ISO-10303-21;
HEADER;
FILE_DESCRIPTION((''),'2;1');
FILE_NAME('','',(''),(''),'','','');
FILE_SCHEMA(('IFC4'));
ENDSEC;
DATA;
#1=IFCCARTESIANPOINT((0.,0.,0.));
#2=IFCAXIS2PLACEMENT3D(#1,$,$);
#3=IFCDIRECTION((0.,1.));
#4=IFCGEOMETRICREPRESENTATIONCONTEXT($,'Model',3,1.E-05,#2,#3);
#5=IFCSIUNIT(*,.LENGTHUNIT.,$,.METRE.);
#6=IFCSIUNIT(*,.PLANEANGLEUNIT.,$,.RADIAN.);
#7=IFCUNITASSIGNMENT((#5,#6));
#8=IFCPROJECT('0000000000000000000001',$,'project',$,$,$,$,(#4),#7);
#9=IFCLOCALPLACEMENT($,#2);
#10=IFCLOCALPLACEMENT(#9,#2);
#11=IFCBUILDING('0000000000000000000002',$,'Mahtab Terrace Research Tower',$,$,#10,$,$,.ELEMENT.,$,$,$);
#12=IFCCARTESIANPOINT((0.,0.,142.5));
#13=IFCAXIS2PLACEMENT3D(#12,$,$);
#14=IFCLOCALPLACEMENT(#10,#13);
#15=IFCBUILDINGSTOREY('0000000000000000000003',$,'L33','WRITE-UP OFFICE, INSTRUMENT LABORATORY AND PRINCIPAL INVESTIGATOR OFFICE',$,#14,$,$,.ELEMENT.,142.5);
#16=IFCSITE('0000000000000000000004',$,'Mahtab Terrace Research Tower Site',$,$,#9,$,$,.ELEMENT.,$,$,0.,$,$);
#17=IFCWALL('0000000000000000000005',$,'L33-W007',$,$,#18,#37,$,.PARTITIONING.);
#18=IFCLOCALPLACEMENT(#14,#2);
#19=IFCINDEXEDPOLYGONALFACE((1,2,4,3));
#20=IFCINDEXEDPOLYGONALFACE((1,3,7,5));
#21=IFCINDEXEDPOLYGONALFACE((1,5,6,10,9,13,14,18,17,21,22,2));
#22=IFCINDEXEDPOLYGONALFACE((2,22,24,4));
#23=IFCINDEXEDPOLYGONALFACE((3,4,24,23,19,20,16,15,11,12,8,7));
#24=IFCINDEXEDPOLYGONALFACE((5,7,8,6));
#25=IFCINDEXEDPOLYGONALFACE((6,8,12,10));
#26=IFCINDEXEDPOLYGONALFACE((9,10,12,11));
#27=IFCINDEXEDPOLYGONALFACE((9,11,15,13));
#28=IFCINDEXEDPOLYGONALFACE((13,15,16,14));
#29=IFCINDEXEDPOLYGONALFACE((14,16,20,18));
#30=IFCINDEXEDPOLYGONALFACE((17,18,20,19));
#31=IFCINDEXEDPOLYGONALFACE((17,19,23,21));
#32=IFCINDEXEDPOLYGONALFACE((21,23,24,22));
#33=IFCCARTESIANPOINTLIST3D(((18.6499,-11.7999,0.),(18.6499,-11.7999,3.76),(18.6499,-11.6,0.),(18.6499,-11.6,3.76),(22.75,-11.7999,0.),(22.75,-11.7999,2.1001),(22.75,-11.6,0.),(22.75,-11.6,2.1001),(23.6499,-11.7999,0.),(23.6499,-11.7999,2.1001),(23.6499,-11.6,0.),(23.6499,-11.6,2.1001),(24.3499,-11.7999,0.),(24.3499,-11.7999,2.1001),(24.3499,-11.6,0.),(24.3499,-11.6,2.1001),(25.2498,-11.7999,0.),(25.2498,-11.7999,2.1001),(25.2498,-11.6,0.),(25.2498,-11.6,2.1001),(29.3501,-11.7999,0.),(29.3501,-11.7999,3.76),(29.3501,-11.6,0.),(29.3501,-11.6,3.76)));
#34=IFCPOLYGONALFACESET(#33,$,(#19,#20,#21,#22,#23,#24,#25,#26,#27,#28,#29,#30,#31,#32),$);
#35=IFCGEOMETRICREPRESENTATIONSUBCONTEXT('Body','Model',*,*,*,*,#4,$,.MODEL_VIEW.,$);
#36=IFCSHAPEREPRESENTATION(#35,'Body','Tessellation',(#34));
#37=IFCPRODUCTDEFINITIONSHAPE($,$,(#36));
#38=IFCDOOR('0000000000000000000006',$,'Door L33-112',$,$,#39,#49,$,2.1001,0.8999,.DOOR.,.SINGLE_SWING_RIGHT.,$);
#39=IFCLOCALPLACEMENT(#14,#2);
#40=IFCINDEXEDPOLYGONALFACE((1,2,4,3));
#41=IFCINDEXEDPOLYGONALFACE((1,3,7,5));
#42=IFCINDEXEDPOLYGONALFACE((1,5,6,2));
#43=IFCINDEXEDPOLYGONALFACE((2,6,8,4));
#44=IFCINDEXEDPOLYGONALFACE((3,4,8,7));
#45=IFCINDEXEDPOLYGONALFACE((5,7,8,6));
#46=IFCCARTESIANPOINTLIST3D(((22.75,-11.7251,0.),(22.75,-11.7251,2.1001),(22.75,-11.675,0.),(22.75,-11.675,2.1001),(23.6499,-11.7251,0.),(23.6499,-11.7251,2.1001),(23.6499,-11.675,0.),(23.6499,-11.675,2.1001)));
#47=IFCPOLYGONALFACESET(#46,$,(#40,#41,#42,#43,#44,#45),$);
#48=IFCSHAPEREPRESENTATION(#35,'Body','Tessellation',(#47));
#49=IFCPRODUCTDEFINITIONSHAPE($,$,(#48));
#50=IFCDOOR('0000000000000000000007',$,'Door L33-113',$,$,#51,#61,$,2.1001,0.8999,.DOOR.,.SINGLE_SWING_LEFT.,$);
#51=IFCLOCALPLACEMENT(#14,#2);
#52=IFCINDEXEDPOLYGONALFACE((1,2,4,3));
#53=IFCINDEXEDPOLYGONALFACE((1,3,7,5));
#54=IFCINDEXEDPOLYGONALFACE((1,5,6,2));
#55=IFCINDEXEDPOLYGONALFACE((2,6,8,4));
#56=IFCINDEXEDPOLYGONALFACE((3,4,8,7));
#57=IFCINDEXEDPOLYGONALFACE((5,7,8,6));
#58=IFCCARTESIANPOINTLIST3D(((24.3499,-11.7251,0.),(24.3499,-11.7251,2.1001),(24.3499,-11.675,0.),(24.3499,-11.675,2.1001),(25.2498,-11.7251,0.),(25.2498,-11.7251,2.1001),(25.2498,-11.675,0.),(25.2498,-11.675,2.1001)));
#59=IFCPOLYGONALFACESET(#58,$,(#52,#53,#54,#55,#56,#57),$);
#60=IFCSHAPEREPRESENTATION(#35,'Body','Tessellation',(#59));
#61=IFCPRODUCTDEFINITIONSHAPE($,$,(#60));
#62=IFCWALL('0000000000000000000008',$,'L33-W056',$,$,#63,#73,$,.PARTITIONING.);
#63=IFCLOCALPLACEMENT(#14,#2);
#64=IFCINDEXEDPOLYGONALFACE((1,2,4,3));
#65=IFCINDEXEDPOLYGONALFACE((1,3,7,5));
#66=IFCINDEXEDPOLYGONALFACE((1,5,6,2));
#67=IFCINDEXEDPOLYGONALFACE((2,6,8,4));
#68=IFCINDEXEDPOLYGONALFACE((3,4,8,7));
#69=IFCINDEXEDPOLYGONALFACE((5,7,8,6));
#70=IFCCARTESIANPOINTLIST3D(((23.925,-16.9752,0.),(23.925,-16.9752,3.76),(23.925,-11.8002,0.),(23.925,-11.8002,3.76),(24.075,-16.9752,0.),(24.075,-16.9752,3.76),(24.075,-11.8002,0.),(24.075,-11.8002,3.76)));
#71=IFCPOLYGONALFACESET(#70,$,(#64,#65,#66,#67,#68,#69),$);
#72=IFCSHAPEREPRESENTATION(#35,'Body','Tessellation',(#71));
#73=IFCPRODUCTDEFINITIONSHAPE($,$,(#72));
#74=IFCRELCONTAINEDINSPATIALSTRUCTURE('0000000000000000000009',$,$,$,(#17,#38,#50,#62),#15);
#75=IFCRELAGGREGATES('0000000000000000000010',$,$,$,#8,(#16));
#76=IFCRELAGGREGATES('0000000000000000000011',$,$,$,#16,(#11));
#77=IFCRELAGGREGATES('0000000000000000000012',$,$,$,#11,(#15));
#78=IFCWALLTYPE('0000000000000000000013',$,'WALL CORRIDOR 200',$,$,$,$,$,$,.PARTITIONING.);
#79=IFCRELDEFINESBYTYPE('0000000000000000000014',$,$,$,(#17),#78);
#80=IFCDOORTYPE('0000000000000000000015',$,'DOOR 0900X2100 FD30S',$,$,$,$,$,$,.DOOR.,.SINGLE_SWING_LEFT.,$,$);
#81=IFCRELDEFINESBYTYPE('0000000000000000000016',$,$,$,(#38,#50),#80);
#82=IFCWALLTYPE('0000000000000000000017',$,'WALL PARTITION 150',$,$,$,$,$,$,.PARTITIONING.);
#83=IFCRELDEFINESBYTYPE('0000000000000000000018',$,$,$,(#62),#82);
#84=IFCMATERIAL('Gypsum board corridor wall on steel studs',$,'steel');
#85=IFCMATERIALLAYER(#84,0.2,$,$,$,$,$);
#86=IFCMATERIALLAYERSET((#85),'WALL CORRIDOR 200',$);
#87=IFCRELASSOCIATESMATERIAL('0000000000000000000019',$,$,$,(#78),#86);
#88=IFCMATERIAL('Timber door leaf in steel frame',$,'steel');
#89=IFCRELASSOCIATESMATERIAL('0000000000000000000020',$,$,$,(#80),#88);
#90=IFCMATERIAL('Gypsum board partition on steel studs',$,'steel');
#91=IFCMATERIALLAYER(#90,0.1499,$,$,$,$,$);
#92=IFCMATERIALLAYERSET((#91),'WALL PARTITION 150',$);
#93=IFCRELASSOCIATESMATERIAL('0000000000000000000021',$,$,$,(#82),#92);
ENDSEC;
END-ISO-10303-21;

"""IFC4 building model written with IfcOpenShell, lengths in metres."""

from ifc_helpers import new_model, si_unit, direction, frame, frame_2d, origin, place, context, subcontext, project, spatial, rectangle, extrude, material, layer, layer_set, type_object, element, fill, save


model = new_model("IFC4")

# Units and contexts
model_context = context("Model", 3, precision=1e-05, world=origin(), true_north=direction((0.0, 1.0)))
body_context = subcontext(model_context, "Body", "Model", "MODEL_VIEW")
ifc_project = project(units=[si_unit("LENGTHUNIT", "METRE"), si_unit("PLANEANGLEUNIT", "RADIAN")], contexts=[model_context])

# Site, building, storey
site_placement = place(None, origin())
site = spatial("IfcSite", under=ifc_project, at=site_placement, Name="Mahtab Terrace Research Tower Site", CompositionType="ELEMENT", RefElevation=0.0)
building_placement = place(site_placement, origin())
building = spatial("IfcBuilding", under=site, at=building_placement, Name="Mahtab Terrace Research Tower", CompositionType="ELEMENT")
storey_placement = place(building_placement, frame((0.0, 0.0, 142.5)))
storey = spatial("IfcBuildingStorey", under=building, at=storey_placement, Name="L33", Description="WRITE-UP OFFICE, INSTRUMENT LABORATORY AND PRINCIPAL INVESTIGATOR OFFICE", CompositionType="ELEMENT", Elevation=142.5)

# Wall, openings, doors
ifc_material_1 = material(Name="Gypsum board corridor wall on steel studs", Category="steel")
ifc_layer_1 = layer(ifc_material_1, 0.2)
ifc_layer_set_1 = layer_set([ifc_layer_1], Name="WALL CORRIDOR 200")
wall_type_1 = type_object("IfcWallType", Name="WALL CORRIDOR 200", PredefinedType="PARTITIONING", material=ifc_layer_set_1)
wall_1_placement = place(storey_placement, frame((18.6499, -11.7, 0.0), z_axis=(0.0, 0.0, 1.0), x_axis=(1.0, 0.0, 0.0)))
wall_1 = element("IfcWall", 1, at=wall_1_placement, inside=storey, type_object=wall_type_1, Name="L33-W007", PredefinedType="PARTITIONING", context=body_context, shape_type="SweptSolid", body=[
    extrude(rectangle(XDim=10.7002, YDim=0.2, at=frame_2d((5.3501, 0.0))), origin(), (0.0, 0.0, 1.0), 3.76),
])
opening_1_placement = place(wall_1_placement, frame((4.1001, 0.0, 0.0)))
opening_1 = element("IfcOpeningElement", 2, at=opening_1_placement, cuts=wall_1, PredefinedType="OPENING", context=body_context, shape_type="SweptSolid", body=[
    extrude(rectangle(XDim=0.8999, YDim=2.1001, at=frame_2d((0.45, 1.05))), frame((0.0, 0.1099, 0.0), z_axis=(0.0, -1.0, 0.0), x_axis=(1.0, 0.0, 0.0)), (0.0, 0.0, 1.0), 0.22),
])
opening_2_placement = place(wall_1_placement, frame((5.7, 0.0, 0.0)))
opening_2 = element("IfcOpeningElement", 3, at=opening_2_placement, cuts=wall_1, PredefinedType="OPENING", context=body_context, shape_type="SweptSolid", body=[
    extrude(rectangle(XDim=0.8999, YDim=2.1001, at=frame_2d((0.45, 1.05))), frame((0.0, 0.1099, 0.0), z_axis=(0.0, -1.0, 0.0), x_axis=(1.0, 0.0, 0.0)), (0.0, 0.0, 1.0), 0.22),
])
ifc_material_2 = material(Name="Timber door leaf in steel frame", Category="steel")
door_type_1 = type_object("IfcDoorType", Name="DOOR 0900X2100 FD30S", OperationType="SINGLE_SWING_LEFT", PredefinedType="DOOR", material=ifc_material_2)
door_1_placement = place(opening_1_placement, origin())
door_1 = element("IfcDoor", 4, at=door_1_placement, inside=storey, type_object=door_type_1, Name="Door L33-112", OperationType="SINGLE_SWING_RIGHT", OverallHeight=2.1001, OverallWidth=0.8999, PredefinedType="DOOR", context=body_context, shape_type="SweptSolid", body=[
    extrude(rectangle(XDim=0.8999, YDim=2.1001, at=frame_2d((0.45, 1.05))), frame((0.0, 0.0249, 0.0), z_axis=(0.0, -1.0, 0.0), x_axis=(1.0, 0.0, 0.0)), (0.0, 0.0, 1.0), 0.05),
])
fill(opening_1, door_1)
door_2_placement = place(opening_2_placement, origin())
door_2 = element("IfcDoor", 5, at=door_2_placement, inside=storey, type_object=door_type_1, Name="Door L33-113", OperationType="SINGLE_SWING_LEFT", OverallHeight=2.1001, OverallWidth=0.8999, PredefinedType="DOOR", context=body_context, shape_type="SweptSolid", body=[
    extrude(rectangle(XDim=0.8999, YDim=2.1001, at=frame_2d((0.45, 1.05))), frame((0.0, 0.0249, 0.0), z_axis=(0.0, -1.0, 0.0), x_axis=(1.0, 0.0, 0.0)), (0.0, 0.0, 1.0), 0.05),
])
fill(opening_2, door_2)

# Wall
ifc_material_3 = material(Name="Gypsum board partition on steel studs", Category="steel")
ifc_layer_2 = layer(ifc_material_3, 0.1499)
ifc_layer_set_2 = layer_set([ifc_layer_2], Name="WALL PARTITION 150")
wall_type_2 = type_object("IfcWallType", Name="WALL PARTITION 150", PredefinedType="PARTITIONING", material=ifc_layer_set_2)
wall_2_placement = place(storey_placement, frame((24.0, -16.9751, 0.0), z_axis=(0.0, 0.0, 1.0), x_axis=(0.0, 1.0, 0.0)))
element("IfcWall", 6, at=wall_2_placement, inside=storey, type_object=wall_type_2, Name="L33-W056", PredefinedType="PARTITIONING", context=body_context, shape_type="SweptSolid", body=[
    extrude(rectangle(XDim=5.175, YDim=0.1499, at=frame_2d((2.5874, 0.0))), origin(), (0.0, 0.0, 1.0), 3.76),
])

save(model, "model.ifc")
